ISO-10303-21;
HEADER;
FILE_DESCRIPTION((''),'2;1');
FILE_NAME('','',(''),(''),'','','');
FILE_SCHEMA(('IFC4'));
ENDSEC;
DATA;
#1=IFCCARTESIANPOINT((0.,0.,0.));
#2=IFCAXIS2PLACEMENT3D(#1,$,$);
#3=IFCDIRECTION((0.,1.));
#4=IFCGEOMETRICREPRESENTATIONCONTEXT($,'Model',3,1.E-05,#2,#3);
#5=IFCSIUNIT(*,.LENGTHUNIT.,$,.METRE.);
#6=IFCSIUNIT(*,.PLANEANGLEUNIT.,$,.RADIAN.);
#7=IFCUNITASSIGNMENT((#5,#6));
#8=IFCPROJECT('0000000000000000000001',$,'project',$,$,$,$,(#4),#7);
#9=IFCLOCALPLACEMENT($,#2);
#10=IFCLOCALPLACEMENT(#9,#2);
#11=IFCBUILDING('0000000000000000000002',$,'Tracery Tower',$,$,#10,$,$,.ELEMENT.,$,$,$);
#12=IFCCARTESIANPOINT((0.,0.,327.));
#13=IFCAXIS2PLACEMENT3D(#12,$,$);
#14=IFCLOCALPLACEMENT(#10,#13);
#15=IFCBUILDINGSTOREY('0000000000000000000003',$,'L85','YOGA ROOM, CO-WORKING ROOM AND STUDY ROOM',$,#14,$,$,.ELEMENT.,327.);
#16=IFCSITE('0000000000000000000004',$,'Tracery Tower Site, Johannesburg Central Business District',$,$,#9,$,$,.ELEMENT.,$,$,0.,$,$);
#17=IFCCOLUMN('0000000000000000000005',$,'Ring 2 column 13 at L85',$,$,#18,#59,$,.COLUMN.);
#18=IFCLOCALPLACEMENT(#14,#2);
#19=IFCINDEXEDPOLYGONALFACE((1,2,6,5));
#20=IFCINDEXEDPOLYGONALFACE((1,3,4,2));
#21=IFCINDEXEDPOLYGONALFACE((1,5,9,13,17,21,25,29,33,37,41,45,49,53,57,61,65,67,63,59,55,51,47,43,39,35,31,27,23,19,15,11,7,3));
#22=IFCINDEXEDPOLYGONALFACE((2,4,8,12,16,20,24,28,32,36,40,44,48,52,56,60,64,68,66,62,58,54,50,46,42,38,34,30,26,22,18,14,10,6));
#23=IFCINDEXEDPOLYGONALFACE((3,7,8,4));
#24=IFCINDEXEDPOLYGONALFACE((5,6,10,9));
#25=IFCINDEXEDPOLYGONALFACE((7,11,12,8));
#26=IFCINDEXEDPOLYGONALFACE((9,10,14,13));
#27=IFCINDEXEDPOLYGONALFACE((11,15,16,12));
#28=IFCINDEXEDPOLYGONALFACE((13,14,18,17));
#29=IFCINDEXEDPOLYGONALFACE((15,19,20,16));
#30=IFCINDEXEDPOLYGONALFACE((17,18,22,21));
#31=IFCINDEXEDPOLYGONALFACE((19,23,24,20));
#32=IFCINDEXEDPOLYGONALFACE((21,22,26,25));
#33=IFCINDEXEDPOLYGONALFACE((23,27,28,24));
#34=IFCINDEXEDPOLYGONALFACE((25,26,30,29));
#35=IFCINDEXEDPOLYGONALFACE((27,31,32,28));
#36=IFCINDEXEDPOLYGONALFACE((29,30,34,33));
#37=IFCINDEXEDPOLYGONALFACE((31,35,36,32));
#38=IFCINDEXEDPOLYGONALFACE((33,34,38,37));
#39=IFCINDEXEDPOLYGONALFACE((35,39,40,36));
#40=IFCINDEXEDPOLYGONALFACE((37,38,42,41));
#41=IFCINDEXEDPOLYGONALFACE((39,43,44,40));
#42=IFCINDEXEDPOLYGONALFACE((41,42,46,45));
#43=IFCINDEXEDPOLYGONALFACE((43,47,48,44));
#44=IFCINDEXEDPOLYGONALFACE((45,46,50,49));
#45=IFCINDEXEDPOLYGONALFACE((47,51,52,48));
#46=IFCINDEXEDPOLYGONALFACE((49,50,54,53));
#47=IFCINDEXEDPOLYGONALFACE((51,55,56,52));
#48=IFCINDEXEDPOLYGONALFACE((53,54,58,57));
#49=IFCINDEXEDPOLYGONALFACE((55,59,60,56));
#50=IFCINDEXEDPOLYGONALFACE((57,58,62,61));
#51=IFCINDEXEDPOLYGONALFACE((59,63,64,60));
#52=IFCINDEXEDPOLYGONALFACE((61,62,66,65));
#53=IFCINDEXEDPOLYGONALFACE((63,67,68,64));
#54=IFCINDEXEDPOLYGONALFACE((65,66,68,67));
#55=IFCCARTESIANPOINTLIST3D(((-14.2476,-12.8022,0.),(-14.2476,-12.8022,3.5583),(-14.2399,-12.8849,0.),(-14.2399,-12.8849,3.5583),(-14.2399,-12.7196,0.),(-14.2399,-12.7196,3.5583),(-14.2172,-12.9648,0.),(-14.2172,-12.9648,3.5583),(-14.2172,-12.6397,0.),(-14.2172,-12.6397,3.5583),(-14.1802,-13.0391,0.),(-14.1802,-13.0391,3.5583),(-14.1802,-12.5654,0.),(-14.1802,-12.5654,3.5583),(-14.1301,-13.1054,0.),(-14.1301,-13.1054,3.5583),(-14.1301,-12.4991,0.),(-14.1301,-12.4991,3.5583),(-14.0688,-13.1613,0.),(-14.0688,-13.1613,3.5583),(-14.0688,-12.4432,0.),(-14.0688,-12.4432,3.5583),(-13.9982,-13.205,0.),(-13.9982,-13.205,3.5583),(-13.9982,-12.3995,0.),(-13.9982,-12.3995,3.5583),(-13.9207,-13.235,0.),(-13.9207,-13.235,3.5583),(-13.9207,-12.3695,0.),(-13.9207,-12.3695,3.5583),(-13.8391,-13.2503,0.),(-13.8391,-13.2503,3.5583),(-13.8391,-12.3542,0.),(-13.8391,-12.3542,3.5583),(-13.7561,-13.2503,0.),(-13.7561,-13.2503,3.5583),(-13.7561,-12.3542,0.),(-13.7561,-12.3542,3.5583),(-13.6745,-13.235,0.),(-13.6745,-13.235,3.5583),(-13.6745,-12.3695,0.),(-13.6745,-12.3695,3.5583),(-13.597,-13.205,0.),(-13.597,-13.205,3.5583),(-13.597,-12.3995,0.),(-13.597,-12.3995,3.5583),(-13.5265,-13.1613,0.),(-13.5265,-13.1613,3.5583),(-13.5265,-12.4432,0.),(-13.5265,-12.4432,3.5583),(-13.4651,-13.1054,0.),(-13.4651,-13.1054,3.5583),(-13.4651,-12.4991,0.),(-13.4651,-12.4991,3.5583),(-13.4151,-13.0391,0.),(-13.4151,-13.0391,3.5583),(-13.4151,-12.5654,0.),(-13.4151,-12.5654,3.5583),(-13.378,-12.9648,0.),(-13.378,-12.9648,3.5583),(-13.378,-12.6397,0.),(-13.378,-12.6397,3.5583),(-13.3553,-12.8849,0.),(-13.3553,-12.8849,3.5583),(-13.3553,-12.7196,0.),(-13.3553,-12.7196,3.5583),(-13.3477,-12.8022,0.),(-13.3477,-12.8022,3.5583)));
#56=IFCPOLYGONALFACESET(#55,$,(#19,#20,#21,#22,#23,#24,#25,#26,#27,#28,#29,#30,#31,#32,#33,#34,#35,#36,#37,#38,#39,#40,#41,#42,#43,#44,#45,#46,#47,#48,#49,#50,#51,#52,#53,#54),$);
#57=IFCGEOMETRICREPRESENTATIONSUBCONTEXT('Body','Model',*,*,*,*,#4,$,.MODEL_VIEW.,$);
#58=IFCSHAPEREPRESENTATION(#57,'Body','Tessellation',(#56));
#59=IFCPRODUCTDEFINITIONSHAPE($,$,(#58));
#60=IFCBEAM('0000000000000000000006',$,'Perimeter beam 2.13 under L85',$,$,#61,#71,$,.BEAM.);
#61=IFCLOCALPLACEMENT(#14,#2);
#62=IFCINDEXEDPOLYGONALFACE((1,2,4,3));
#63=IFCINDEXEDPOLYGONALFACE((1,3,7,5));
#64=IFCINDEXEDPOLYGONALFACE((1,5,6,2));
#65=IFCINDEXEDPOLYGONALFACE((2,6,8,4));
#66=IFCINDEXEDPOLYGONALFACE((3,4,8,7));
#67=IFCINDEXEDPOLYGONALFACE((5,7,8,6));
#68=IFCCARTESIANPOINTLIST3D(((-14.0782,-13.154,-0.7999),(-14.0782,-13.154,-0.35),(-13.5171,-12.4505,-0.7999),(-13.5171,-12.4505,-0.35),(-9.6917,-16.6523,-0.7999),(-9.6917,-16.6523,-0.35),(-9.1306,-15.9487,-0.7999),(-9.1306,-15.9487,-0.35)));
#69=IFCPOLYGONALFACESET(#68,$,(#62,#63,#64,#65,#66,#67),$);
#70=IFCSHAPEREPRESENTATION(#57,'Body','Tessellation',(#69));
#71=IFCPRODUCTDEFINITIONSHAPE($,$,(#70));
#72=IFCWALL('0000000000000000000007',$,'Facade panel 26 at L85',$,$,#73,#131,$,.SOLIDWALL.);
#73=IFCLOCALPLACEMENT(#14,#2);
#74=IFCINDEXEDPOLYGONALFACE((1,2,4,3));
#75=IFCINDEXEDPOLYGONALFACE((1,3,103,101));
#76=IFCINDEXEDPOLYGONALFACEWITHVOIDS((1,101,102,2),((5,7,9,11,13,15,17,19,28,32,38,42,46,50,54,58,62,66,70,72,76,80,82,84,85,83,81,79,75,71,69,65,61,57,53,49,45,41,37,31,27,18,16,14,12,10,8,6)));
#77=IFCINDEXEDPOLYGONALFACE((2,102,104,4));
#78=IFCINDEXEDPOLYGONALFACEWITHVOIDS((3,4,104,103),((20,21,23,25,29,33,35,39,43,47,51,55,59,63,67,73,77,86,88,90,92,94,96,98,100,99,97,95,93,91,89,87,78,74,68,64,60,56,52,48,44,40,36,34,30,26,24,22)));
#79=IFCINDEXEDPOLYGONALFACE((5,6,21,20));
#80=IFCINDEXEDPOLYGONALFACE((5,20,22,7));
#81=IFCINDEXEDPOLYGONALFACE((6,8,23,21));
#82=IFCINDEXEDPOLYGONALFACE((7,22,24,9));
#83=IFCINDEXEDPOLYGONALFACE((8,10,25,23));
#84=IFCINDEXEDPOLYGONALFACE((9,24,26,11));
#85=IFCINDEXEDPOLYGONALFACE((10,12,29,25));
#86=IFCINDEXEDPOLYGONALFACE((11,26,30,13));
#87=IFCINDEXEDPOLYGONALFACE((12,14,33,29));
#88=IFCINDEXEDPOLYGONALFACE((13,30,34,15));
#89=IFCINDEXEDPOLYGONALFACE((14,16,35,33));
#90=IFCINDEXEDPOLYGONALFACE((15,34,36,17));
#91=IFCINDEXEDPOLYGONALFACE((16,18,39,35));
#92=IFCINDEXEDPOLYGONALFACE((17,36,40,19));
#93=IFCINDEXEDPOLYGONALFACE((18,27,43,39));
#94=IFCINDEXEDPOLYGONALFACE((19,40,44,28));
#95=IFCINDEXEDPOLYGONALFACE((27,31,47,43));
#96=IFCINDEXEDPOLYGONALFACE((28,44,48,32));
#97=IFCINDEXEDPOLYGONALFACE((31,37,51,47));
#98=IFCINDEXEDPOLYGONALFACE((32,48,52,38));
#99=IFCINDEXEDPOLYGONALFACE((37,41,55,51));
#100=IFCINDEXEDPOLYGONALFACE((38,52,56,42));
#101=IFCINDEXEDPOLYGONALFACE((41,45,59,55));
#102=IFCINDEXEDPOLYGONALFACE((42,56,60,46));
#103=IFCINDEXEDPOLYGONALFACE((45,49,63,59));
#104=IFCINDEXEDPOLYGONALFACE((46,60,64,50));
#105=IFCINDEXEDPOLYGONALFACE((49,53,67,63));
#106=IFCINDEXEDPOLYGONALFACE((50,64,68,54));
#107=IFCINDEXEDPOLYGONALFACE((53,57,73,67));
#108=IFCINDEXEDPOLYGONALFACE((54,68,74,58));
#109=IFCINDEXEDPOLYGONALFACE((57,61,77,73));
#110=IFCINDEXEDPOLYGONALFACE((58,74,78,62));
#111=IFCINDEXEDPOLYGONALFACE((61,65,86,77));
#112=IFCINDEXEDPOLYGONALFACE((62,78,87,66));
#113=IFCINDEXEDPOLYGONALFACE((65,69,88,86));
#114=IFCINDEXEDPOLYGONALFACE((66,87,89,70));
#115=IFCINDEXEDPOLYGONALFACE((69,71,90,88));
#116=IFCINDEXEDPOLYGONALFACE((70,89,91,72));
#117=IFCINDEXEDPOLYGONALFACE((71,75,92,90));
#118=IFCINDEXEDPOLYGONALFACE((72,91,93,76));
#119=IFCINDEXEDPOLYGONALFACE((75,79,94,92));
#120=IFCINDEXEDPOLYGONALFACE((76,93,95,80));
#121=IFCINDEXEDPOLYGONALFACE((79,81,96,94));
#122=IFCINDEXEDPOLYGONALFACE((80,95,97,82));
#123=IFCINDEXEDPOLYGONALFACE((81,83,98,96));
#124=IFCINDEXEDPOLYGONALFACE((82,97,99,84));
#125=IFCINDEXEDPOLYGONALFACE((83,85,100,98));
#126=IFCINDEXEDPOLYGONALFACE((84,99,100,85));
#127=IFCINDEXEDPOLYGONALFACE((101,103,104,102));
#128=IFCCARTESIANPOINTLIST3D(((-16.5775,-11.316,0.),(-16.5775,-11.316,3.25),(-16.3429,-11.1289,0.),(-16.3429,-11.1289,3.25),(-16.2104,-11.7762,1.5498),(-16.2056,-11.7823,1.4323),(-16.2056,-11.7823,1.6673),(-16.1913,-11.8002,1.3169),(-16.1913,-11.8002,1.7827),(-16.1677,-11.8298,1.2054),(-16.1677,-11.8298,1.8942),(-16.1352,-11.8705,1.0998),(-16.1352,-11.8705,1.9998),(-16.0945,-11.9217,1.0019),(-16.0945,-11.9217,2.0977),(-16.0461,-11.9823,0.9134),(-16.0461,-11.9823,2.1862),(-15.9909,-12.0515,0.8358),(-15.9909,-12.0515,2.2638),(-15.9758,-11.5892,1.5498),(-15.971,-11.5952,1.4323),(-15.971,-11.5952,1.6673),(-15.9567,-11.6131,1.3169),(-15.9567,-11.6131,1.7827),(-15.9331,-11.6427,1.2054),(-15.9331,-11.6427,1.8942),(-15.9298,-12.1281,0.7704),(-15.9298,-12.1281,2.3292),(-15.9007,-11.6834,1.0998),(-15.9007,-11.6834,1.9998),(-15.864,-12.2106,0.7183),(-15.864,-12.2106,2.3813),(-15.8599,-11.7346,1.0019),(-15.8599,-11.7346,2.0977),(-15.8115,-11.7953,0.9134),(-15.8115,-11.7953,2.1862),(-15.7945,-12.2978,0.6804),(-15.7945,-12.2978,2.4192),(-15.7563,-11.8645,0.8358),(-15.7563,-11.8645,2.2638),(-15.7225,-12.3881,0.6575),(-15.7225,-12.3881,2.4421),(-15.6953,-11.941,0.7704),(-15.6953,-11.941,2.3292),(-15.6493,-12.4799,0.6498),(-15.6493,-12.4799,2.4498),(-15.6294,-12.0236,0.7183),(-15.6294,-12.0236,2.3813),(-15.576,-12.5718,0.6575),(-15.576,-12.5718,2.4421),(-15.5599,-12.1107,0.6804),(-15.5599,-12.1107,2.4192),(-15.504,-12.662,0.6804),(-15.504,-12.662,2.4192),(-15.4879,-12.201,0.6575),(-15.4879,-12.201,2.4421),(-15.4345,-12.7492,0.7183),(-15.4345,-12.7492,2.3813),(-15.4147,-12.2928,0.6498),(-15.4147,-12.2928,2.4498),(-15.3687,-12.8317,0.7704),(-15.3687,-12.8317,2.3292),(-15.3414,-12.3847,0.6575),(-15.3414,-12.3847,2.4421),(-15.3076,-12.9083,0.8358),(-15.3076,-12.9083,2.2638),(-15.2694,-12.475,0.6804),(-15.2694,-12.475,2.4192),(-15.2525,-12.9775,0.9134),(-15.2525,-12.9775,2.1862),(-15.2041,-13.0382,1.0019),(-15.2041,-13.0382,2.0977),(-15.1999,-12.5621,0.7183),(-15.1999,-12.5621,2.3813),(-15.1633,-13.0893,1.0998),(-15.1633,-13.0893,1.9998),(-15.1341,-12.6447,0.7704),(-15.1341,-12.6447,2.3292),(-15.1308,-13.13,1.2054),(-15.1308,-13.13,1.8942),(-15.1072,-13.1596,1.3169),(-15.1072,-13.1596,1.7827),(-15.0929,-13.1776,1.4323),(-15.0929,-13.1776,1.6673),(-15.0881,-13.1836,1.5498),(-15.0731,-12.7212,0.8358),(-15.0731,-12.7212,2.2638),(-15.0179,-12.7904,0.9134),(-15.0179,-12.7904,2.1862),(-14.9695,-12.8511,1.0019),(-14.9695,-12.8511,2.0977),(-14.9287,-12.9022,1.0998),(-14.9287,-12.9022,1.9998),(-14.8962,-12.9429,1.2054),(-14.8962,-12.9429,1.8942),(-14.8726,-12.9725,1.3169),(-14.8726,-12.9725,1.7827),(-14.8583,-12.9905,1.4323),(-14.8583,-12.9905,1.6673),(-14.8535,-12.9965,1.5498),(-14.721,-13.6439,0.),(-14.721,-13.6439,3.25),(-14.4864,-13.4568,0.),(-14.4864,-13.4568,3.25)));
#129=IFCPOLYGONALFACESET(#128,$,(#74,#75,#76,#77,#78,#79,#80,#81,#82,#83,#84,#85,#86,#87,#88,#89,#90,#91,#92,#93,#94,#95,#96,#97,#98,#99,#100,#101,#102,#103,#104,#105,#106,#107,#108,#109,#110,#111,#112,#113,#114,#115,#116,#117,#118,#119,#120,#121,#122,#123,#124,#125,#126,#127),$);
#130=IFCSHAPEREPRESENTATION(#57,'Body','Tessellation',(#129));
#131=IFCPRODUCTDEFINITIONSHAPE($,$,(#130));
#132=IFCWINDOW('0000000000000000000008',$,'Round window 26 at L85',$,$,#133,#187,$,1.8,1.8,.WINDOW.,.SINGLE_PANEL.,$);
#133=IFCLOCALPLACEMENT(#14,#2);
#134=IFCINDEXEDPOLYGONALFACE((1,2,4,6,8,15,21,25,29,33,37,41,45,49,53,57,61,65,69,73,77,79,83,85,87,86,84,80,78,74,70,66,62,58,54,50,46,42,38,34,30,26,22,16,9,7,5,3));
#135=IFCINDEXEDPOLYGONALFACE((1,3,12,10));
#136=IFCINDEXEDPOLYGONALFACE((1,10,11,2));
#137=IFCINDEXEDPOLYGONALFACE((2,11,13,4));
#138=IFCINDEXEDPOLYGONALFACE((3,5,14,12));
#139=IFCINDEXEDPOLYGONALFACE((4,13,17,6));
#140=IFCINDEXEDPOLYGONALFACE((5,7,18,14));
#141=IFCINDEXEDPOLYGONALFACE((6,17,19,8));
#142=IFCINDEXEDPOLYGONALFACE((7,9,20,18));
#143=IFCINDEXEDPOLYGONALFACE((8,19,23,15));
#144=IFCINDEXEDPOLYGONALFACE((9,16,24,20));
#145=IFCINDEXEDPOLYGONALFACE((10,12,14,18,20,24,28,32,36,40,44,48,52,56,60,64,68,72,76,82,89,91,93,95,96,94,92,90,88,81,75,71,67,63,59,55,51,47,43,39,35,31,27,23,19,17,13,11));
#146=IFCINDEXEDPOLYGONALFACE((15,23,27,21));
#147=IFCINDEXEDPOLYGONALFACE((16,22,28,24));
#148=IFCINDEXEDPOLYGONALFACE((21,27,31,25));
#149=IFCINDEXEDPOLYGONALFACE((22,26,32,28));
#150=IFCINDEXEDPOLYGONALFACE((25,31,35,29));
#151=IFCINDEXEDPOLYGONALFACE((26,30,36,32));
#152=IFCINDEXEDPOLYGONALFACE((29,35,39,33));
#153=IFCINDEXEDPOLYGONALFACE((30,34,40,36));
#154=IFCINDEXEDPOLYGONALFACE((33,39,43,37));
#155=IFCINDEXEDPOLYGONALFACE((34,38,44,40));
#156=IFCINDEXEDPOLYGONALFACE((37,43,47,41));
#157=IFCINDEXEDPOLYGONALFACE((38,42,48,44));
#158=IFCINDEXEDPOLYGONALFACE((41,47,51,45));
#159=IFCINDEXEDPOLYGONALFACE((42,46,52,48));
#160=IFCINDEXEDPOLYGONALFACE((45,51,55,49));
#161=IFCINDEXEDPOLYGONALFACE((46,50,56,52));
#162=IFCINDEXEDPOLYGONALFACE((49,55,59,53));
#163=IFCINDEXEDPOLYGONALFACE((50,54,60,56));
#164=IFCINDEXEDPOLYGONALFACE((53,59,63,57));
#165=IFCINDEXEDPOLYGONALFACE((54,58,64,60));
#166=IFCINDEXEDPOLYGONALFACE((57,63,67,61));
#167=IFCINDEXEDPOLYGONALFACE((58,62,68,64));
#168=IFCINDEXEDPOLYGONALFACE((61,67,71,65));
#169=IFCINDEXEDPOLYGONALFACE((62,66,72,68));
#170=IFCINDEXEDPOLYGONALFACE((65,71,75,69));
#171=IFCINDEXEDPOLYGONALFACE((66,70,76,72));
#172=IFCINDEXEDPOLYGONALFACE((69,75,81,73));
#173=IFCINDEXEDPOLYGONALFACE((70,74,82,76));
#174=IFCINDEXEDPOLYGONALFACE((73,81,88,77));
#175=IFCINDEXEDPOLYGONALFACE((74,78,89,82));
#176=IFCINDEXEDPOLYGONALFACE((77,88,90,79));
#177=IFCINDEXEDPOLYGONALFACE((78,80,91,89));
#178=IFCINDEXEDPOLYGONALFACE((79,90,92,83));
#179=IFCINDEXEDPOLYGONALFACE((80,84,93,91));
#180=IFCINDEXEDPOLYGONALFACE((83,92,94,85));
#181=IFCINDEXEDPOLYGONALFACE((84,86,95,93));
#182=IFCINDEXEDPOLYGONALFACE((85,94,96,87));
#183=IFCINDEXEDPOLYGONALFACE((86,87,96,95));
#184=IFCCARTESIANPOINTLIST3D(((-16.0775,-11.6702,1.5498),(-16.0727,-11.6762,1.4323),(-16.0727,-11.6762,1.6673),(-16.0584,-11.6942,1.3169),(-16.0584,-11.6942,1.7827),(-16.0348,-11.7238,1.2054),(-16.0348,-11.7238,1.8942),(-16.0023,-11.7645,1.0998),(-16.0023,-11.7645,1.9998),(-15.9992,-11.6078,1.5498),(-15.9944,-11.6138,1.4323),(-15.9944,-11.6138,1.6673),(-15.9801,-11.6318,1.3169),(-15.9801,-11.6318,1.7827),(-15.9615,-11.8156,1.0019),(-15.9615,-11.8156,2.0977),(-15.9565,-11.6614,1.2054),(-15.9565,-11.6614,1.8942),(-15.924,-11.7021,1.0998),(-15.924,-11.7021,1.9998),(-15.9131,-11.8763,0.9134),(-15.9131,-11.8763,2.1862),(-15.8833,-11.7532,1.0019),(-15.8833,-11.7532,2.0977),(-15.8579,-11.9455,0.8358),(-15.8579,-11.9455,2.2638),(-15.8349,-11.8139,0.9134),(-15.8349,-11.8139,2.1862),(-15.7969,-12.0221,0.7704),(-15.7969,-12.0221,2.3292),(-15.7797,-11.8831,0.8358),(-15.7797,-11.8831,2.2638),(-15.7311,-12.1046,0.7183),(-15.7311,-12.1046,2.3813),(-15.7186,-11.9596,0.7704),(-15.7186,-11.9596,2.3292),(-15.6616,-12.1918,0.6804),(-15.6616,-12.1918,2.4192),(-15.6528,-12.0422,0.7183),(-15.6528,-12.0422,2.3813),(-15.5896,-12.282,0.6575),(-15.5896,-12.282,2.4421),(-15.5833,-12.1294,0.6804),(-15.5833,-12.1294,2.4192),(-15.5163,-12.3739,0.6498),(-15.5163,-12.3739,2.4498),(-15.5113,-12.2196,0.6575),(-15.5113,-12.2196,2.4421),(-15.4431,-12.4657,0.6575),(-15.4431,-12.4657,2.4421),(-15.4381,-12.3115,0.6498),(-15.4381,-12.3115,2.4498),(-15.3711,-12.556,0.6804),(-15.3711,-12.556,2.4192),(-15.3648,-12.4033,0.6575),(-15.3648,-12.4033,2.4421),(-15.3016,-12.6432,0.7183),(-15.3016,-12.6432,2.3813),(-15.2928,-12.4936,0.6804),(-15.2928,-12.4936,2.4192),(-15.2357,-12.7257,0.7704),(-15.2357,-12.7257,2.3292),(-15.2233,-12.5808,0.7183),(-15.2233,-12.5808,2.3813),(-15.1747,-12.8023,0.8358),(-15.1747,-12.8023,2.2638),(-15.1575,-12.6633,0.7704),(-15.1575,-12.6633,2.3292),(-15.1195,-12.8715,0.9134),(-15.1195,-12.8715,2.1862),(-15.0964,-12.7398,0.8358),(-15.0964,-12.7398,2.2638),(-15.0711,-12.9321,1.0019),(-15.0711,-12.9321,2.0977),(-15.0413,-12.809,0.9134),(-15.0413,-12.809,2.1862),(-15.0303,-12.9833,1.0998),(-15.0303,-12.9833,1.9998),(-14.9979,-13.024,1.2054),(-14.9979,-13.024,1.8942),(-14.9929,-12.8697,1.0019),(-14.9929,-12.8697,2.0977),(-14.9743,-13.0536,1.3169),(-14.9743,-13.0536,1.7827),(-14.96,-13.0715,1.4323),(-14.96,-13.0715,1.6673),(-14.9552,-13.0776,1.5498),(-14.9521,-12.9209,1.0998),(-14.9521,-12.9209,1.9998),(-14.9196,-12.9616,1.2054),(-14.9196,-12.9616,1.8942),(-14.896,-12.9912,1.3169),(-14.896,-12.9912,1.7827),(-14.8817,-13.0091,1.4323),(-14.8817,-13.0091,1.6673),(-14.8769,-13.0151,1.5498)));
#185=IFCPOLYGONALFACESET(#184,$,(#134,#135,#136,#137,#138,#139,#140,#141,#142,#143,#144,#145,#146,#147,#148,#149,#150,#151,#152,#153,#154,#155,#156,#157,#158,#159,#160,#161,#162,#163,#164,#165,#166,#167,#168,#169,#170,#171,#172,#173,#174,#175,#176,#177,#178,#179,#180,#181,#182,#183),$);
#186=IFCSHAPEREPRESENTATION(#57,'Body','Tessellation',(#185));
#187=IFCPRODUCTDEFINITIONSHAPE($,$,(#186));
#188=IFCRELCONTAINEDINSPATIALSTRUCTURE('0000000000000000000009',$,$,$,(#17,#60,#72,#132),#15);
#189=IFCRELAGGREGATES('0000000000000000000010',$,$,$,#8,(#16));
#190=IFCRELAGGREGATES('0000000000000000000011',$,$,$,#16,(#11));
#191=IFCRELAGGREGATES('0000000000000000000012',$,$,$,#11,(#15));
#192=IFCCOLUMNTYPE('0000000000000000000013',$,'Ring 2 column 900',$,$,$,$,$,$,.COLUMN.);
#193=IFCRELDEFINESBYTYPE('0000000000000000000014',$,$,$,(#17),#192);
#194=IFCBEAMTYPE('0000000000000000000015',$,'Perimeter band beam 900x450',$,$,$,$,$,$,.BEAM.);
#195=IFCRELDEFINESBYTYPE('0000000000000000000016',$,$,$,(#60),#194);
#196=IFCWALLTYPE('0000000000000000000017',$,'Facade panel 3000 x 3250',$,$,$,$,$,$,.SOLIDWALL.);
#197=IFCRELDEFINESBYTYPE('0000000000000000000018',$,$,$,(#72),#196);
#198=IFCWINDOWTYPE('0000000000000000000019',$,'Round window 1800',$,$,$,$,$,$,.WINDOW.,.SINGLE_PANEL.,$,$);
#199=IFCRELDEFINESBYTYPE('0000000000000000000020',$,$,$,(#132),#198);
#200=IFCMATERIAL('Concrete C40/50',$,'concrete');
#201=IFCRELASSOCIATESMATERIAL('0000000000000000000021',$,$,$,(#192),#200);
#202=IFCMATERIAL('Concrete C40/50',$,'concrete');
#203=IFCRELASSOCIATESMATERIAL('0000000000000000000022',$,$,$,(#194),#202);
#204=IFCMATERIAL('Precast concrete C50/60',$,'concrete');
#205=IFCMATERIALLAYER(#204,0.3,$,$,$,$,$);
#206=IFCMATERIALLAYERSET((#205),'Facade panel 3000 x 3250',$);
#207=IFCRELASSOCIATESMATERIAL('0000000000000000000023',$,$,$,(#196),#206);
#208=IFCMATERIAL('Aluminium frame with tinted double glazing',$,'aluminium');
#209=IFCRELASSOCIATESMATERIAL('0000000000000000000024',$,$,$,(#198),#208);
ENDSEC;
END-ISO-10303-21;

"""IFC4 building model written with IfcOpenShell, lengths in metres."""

from ifc_helpers import new_model, si_unit, direction, frame, frame_2d, origin, origin_2d, place, context, subcontext, project, spatial, rectangle, circle, extrude, material, layer, layer_set, material_profile, profile_set, type_object, element, fill, save


model = new_model("IFC4")

# Units and contexts
model_context = context("Model", 3, precision=1e-05, world=origin(), true_north=direction((0.0, 1.0)))
body_context = subcontext(model_context, "Body", "Model", "MODEL_VIEW")
ifc_project = project(units=[si_unit("LENGTHUNIT", "METRE"), si_unit("PLANEANGLEUNIT", "RADIAN")], contexts=[model_context])

# Site, building, storey
site_placement = place(None, origin())
site = spatial("IfcSite", under=ifc_project, at=site_placement, Name="Tracery Tower Site, Johannesburg Central Business District", CompositionType="ELEMENT", RefElevation=0.0)
building_placement = place(site_placement, origin())
building = spatial("IfcBuilding", under=site, at=building_placement, Name="Tracery Tower", CompositionType="ELEMENT")
storey_placement = place(building_placement, frame((0.0, 0.0, 327.0)))
storey = spatial("IfcBuildingStorey", under=building, at=storey_placement, Name="L85", Description="YOGA ROOM, CO-WORKING ROOM AND STUDY ROOM", CompositionType="ELEMENT", Elevation=327.0)

# Column
ifc_material_1 = material(Name="Concrete C40/50", Category="concrete")
ifc_material_profile_1 = material_profile(ifc_material_1, circle(Radius=0.45, at=origin_2d()), Name="RC D900")
ifc_profile_set_1 = profile_set([ifc_material_profile_1], Name="Concrete C40/50")
column_type = type_object("IfcColumnType", Name="Ring 2 column 900", PredefinedType="COLUMN", material=ifc_profile_set_1)
column_placement = place(storey_placement, frame((-13.7976, -12.8022, 0.0), z_axis=(0.0, 0.0, 1.0), x_axis=(1.0, 0.0, 0.0)))
element("IfcColumn", 1, at=column_placement, inside=storey, type_object=column_type, Name="Ring 2 column 13 at L85", PredefinedType="COLUMN", context=body_context, shape_type="SweptSolid", body=[
    extrude(circle(Radius=0.45, at=origin_2d()), origin(), (0.0, 0.0, 1.0), 3.5583),
])

# Beam
ifc_material_2 = material(Name="Concrete C40/50", Category="concrete")
ifc_material_profile_2 = material_profile(ifc_material_2, rectangle(XDim=0.8999, YDim=0.45, at=origin_2d()), Name="RC 900x450")
ifc_profile_set_2 = profile_set([ifc_material_profile_2], Name="Concrete C40/50")
beam_type = type_object("IfcBeamType", Name="Perimeter band beam 900x450", PredefinedType="BEAM", material=ifc_profile_set_2)
beam_placement = place(storey_placement, frame((-13.7976, -12.8022, -0.575), z_axis=(0.781815, -0.623511, 0.0), x_axis=(0.623511, 0.781815, 0.0)))
element("IfcBeam", 2, at=beam_placement, inside=storey, type_object=beam_type, Name="Perimeter beam 2.13 under L85", PredefinedType="BEAM", context=body_context, shape_type="SweptSolid", body=[
    extrude(rectangle(XDim=0.8999, YDim=0.45, at=origin_2d()), origin(), (0.0, 0.0, 1.0), 5.6106),
])

# Wall, opening, window
ifc_material_3 = material(Name="Precast concrete C50/60", Category="concrete")
ifc_layer_1 = layer(ifc_material_3, 0.3)
ifc_layer_set_1 = layer_set([ifc_layer_1], Name="Facade panel 3000 x 3250")
wall_type_1 = type_object("IfcWallType", Name="Facade panel 3000 x 3250", PredefinedType="SOLIDWALL", material=ifc_layer_set_1)
wall_1_placement = place(storey_placement, frame((-16.4602, -11.2224, 0.0), z_axis=(0.0, 0.0, 1.0), x_axis=(0.623494, -0.781828, 0.0)))
wall_1 = element("IfcWall", 3, at=wall_1_placement, inside=storey, type_object=wall_type_1, Name="Facade panel 26 at L85", PredefinedType="SOLIDWALL", context=body_context, shape_type="SweptSolid", body=[
    extrude(rectangle(XDim=2.9775, YDim=0.3, at=frame_2d((1.4888, 0.0))), origin(), (0.0, 0.0, 1.0), 3.25),
])
opening_1_placement = place(wall_1_placement, frame((1.4888, 0.0, 1.5498)))
opening_1 = element("IfcOpeningElement", 4, at=opening_1_placement, cuts=wall_1, PredefinedType="OPENING", context=body_context, shape_type="SweptSolid", body=[
    extrude(circle(Radius=0.9, at=origin_2d()), frame((0.0, 0.1599, 0.0), z_axis=(0.0, -1.0, 0.0), x_axis=(1.0, 0.0, 0.0)), (0.0, 0.0, 1.0), 0.3201),
])
ifc_material_4 = material(Name="Aluminium frame with tinted double glazing", Category="aluminium")
window_type = type_object("IfcWindowType", Name="Round window 1800", PartitioningType="SINGLE_PANEL", PredefinedType="WINDOW", material=ifc_material_4)
window_1_placement = place(opening_1_placement, origin())
window_1 = element("IfcWindow", 5, at=window_1_placement, inside=storey, type_object=window_type, Name="Round window 26 at L85", OverallHeight=1.8, OverallWidth=1.8, PartitioningType="SINGLE_PANEL", PredefinedType="WINDOW", context=body_context, shape_type="SweptSolid", body=[
    extrude(circle(Radius=0.9, at=origin_2d()), frame((0.0, 0.1201, 0.0), z_axis=(0.0, -1.0, 0.0), x_axis=(1.0, 0.0, 0.0)), (0.0, 0.0, 1.0), 0.1001),
])
fill(opening_1, window_1)

save(model, "model.ifc")
